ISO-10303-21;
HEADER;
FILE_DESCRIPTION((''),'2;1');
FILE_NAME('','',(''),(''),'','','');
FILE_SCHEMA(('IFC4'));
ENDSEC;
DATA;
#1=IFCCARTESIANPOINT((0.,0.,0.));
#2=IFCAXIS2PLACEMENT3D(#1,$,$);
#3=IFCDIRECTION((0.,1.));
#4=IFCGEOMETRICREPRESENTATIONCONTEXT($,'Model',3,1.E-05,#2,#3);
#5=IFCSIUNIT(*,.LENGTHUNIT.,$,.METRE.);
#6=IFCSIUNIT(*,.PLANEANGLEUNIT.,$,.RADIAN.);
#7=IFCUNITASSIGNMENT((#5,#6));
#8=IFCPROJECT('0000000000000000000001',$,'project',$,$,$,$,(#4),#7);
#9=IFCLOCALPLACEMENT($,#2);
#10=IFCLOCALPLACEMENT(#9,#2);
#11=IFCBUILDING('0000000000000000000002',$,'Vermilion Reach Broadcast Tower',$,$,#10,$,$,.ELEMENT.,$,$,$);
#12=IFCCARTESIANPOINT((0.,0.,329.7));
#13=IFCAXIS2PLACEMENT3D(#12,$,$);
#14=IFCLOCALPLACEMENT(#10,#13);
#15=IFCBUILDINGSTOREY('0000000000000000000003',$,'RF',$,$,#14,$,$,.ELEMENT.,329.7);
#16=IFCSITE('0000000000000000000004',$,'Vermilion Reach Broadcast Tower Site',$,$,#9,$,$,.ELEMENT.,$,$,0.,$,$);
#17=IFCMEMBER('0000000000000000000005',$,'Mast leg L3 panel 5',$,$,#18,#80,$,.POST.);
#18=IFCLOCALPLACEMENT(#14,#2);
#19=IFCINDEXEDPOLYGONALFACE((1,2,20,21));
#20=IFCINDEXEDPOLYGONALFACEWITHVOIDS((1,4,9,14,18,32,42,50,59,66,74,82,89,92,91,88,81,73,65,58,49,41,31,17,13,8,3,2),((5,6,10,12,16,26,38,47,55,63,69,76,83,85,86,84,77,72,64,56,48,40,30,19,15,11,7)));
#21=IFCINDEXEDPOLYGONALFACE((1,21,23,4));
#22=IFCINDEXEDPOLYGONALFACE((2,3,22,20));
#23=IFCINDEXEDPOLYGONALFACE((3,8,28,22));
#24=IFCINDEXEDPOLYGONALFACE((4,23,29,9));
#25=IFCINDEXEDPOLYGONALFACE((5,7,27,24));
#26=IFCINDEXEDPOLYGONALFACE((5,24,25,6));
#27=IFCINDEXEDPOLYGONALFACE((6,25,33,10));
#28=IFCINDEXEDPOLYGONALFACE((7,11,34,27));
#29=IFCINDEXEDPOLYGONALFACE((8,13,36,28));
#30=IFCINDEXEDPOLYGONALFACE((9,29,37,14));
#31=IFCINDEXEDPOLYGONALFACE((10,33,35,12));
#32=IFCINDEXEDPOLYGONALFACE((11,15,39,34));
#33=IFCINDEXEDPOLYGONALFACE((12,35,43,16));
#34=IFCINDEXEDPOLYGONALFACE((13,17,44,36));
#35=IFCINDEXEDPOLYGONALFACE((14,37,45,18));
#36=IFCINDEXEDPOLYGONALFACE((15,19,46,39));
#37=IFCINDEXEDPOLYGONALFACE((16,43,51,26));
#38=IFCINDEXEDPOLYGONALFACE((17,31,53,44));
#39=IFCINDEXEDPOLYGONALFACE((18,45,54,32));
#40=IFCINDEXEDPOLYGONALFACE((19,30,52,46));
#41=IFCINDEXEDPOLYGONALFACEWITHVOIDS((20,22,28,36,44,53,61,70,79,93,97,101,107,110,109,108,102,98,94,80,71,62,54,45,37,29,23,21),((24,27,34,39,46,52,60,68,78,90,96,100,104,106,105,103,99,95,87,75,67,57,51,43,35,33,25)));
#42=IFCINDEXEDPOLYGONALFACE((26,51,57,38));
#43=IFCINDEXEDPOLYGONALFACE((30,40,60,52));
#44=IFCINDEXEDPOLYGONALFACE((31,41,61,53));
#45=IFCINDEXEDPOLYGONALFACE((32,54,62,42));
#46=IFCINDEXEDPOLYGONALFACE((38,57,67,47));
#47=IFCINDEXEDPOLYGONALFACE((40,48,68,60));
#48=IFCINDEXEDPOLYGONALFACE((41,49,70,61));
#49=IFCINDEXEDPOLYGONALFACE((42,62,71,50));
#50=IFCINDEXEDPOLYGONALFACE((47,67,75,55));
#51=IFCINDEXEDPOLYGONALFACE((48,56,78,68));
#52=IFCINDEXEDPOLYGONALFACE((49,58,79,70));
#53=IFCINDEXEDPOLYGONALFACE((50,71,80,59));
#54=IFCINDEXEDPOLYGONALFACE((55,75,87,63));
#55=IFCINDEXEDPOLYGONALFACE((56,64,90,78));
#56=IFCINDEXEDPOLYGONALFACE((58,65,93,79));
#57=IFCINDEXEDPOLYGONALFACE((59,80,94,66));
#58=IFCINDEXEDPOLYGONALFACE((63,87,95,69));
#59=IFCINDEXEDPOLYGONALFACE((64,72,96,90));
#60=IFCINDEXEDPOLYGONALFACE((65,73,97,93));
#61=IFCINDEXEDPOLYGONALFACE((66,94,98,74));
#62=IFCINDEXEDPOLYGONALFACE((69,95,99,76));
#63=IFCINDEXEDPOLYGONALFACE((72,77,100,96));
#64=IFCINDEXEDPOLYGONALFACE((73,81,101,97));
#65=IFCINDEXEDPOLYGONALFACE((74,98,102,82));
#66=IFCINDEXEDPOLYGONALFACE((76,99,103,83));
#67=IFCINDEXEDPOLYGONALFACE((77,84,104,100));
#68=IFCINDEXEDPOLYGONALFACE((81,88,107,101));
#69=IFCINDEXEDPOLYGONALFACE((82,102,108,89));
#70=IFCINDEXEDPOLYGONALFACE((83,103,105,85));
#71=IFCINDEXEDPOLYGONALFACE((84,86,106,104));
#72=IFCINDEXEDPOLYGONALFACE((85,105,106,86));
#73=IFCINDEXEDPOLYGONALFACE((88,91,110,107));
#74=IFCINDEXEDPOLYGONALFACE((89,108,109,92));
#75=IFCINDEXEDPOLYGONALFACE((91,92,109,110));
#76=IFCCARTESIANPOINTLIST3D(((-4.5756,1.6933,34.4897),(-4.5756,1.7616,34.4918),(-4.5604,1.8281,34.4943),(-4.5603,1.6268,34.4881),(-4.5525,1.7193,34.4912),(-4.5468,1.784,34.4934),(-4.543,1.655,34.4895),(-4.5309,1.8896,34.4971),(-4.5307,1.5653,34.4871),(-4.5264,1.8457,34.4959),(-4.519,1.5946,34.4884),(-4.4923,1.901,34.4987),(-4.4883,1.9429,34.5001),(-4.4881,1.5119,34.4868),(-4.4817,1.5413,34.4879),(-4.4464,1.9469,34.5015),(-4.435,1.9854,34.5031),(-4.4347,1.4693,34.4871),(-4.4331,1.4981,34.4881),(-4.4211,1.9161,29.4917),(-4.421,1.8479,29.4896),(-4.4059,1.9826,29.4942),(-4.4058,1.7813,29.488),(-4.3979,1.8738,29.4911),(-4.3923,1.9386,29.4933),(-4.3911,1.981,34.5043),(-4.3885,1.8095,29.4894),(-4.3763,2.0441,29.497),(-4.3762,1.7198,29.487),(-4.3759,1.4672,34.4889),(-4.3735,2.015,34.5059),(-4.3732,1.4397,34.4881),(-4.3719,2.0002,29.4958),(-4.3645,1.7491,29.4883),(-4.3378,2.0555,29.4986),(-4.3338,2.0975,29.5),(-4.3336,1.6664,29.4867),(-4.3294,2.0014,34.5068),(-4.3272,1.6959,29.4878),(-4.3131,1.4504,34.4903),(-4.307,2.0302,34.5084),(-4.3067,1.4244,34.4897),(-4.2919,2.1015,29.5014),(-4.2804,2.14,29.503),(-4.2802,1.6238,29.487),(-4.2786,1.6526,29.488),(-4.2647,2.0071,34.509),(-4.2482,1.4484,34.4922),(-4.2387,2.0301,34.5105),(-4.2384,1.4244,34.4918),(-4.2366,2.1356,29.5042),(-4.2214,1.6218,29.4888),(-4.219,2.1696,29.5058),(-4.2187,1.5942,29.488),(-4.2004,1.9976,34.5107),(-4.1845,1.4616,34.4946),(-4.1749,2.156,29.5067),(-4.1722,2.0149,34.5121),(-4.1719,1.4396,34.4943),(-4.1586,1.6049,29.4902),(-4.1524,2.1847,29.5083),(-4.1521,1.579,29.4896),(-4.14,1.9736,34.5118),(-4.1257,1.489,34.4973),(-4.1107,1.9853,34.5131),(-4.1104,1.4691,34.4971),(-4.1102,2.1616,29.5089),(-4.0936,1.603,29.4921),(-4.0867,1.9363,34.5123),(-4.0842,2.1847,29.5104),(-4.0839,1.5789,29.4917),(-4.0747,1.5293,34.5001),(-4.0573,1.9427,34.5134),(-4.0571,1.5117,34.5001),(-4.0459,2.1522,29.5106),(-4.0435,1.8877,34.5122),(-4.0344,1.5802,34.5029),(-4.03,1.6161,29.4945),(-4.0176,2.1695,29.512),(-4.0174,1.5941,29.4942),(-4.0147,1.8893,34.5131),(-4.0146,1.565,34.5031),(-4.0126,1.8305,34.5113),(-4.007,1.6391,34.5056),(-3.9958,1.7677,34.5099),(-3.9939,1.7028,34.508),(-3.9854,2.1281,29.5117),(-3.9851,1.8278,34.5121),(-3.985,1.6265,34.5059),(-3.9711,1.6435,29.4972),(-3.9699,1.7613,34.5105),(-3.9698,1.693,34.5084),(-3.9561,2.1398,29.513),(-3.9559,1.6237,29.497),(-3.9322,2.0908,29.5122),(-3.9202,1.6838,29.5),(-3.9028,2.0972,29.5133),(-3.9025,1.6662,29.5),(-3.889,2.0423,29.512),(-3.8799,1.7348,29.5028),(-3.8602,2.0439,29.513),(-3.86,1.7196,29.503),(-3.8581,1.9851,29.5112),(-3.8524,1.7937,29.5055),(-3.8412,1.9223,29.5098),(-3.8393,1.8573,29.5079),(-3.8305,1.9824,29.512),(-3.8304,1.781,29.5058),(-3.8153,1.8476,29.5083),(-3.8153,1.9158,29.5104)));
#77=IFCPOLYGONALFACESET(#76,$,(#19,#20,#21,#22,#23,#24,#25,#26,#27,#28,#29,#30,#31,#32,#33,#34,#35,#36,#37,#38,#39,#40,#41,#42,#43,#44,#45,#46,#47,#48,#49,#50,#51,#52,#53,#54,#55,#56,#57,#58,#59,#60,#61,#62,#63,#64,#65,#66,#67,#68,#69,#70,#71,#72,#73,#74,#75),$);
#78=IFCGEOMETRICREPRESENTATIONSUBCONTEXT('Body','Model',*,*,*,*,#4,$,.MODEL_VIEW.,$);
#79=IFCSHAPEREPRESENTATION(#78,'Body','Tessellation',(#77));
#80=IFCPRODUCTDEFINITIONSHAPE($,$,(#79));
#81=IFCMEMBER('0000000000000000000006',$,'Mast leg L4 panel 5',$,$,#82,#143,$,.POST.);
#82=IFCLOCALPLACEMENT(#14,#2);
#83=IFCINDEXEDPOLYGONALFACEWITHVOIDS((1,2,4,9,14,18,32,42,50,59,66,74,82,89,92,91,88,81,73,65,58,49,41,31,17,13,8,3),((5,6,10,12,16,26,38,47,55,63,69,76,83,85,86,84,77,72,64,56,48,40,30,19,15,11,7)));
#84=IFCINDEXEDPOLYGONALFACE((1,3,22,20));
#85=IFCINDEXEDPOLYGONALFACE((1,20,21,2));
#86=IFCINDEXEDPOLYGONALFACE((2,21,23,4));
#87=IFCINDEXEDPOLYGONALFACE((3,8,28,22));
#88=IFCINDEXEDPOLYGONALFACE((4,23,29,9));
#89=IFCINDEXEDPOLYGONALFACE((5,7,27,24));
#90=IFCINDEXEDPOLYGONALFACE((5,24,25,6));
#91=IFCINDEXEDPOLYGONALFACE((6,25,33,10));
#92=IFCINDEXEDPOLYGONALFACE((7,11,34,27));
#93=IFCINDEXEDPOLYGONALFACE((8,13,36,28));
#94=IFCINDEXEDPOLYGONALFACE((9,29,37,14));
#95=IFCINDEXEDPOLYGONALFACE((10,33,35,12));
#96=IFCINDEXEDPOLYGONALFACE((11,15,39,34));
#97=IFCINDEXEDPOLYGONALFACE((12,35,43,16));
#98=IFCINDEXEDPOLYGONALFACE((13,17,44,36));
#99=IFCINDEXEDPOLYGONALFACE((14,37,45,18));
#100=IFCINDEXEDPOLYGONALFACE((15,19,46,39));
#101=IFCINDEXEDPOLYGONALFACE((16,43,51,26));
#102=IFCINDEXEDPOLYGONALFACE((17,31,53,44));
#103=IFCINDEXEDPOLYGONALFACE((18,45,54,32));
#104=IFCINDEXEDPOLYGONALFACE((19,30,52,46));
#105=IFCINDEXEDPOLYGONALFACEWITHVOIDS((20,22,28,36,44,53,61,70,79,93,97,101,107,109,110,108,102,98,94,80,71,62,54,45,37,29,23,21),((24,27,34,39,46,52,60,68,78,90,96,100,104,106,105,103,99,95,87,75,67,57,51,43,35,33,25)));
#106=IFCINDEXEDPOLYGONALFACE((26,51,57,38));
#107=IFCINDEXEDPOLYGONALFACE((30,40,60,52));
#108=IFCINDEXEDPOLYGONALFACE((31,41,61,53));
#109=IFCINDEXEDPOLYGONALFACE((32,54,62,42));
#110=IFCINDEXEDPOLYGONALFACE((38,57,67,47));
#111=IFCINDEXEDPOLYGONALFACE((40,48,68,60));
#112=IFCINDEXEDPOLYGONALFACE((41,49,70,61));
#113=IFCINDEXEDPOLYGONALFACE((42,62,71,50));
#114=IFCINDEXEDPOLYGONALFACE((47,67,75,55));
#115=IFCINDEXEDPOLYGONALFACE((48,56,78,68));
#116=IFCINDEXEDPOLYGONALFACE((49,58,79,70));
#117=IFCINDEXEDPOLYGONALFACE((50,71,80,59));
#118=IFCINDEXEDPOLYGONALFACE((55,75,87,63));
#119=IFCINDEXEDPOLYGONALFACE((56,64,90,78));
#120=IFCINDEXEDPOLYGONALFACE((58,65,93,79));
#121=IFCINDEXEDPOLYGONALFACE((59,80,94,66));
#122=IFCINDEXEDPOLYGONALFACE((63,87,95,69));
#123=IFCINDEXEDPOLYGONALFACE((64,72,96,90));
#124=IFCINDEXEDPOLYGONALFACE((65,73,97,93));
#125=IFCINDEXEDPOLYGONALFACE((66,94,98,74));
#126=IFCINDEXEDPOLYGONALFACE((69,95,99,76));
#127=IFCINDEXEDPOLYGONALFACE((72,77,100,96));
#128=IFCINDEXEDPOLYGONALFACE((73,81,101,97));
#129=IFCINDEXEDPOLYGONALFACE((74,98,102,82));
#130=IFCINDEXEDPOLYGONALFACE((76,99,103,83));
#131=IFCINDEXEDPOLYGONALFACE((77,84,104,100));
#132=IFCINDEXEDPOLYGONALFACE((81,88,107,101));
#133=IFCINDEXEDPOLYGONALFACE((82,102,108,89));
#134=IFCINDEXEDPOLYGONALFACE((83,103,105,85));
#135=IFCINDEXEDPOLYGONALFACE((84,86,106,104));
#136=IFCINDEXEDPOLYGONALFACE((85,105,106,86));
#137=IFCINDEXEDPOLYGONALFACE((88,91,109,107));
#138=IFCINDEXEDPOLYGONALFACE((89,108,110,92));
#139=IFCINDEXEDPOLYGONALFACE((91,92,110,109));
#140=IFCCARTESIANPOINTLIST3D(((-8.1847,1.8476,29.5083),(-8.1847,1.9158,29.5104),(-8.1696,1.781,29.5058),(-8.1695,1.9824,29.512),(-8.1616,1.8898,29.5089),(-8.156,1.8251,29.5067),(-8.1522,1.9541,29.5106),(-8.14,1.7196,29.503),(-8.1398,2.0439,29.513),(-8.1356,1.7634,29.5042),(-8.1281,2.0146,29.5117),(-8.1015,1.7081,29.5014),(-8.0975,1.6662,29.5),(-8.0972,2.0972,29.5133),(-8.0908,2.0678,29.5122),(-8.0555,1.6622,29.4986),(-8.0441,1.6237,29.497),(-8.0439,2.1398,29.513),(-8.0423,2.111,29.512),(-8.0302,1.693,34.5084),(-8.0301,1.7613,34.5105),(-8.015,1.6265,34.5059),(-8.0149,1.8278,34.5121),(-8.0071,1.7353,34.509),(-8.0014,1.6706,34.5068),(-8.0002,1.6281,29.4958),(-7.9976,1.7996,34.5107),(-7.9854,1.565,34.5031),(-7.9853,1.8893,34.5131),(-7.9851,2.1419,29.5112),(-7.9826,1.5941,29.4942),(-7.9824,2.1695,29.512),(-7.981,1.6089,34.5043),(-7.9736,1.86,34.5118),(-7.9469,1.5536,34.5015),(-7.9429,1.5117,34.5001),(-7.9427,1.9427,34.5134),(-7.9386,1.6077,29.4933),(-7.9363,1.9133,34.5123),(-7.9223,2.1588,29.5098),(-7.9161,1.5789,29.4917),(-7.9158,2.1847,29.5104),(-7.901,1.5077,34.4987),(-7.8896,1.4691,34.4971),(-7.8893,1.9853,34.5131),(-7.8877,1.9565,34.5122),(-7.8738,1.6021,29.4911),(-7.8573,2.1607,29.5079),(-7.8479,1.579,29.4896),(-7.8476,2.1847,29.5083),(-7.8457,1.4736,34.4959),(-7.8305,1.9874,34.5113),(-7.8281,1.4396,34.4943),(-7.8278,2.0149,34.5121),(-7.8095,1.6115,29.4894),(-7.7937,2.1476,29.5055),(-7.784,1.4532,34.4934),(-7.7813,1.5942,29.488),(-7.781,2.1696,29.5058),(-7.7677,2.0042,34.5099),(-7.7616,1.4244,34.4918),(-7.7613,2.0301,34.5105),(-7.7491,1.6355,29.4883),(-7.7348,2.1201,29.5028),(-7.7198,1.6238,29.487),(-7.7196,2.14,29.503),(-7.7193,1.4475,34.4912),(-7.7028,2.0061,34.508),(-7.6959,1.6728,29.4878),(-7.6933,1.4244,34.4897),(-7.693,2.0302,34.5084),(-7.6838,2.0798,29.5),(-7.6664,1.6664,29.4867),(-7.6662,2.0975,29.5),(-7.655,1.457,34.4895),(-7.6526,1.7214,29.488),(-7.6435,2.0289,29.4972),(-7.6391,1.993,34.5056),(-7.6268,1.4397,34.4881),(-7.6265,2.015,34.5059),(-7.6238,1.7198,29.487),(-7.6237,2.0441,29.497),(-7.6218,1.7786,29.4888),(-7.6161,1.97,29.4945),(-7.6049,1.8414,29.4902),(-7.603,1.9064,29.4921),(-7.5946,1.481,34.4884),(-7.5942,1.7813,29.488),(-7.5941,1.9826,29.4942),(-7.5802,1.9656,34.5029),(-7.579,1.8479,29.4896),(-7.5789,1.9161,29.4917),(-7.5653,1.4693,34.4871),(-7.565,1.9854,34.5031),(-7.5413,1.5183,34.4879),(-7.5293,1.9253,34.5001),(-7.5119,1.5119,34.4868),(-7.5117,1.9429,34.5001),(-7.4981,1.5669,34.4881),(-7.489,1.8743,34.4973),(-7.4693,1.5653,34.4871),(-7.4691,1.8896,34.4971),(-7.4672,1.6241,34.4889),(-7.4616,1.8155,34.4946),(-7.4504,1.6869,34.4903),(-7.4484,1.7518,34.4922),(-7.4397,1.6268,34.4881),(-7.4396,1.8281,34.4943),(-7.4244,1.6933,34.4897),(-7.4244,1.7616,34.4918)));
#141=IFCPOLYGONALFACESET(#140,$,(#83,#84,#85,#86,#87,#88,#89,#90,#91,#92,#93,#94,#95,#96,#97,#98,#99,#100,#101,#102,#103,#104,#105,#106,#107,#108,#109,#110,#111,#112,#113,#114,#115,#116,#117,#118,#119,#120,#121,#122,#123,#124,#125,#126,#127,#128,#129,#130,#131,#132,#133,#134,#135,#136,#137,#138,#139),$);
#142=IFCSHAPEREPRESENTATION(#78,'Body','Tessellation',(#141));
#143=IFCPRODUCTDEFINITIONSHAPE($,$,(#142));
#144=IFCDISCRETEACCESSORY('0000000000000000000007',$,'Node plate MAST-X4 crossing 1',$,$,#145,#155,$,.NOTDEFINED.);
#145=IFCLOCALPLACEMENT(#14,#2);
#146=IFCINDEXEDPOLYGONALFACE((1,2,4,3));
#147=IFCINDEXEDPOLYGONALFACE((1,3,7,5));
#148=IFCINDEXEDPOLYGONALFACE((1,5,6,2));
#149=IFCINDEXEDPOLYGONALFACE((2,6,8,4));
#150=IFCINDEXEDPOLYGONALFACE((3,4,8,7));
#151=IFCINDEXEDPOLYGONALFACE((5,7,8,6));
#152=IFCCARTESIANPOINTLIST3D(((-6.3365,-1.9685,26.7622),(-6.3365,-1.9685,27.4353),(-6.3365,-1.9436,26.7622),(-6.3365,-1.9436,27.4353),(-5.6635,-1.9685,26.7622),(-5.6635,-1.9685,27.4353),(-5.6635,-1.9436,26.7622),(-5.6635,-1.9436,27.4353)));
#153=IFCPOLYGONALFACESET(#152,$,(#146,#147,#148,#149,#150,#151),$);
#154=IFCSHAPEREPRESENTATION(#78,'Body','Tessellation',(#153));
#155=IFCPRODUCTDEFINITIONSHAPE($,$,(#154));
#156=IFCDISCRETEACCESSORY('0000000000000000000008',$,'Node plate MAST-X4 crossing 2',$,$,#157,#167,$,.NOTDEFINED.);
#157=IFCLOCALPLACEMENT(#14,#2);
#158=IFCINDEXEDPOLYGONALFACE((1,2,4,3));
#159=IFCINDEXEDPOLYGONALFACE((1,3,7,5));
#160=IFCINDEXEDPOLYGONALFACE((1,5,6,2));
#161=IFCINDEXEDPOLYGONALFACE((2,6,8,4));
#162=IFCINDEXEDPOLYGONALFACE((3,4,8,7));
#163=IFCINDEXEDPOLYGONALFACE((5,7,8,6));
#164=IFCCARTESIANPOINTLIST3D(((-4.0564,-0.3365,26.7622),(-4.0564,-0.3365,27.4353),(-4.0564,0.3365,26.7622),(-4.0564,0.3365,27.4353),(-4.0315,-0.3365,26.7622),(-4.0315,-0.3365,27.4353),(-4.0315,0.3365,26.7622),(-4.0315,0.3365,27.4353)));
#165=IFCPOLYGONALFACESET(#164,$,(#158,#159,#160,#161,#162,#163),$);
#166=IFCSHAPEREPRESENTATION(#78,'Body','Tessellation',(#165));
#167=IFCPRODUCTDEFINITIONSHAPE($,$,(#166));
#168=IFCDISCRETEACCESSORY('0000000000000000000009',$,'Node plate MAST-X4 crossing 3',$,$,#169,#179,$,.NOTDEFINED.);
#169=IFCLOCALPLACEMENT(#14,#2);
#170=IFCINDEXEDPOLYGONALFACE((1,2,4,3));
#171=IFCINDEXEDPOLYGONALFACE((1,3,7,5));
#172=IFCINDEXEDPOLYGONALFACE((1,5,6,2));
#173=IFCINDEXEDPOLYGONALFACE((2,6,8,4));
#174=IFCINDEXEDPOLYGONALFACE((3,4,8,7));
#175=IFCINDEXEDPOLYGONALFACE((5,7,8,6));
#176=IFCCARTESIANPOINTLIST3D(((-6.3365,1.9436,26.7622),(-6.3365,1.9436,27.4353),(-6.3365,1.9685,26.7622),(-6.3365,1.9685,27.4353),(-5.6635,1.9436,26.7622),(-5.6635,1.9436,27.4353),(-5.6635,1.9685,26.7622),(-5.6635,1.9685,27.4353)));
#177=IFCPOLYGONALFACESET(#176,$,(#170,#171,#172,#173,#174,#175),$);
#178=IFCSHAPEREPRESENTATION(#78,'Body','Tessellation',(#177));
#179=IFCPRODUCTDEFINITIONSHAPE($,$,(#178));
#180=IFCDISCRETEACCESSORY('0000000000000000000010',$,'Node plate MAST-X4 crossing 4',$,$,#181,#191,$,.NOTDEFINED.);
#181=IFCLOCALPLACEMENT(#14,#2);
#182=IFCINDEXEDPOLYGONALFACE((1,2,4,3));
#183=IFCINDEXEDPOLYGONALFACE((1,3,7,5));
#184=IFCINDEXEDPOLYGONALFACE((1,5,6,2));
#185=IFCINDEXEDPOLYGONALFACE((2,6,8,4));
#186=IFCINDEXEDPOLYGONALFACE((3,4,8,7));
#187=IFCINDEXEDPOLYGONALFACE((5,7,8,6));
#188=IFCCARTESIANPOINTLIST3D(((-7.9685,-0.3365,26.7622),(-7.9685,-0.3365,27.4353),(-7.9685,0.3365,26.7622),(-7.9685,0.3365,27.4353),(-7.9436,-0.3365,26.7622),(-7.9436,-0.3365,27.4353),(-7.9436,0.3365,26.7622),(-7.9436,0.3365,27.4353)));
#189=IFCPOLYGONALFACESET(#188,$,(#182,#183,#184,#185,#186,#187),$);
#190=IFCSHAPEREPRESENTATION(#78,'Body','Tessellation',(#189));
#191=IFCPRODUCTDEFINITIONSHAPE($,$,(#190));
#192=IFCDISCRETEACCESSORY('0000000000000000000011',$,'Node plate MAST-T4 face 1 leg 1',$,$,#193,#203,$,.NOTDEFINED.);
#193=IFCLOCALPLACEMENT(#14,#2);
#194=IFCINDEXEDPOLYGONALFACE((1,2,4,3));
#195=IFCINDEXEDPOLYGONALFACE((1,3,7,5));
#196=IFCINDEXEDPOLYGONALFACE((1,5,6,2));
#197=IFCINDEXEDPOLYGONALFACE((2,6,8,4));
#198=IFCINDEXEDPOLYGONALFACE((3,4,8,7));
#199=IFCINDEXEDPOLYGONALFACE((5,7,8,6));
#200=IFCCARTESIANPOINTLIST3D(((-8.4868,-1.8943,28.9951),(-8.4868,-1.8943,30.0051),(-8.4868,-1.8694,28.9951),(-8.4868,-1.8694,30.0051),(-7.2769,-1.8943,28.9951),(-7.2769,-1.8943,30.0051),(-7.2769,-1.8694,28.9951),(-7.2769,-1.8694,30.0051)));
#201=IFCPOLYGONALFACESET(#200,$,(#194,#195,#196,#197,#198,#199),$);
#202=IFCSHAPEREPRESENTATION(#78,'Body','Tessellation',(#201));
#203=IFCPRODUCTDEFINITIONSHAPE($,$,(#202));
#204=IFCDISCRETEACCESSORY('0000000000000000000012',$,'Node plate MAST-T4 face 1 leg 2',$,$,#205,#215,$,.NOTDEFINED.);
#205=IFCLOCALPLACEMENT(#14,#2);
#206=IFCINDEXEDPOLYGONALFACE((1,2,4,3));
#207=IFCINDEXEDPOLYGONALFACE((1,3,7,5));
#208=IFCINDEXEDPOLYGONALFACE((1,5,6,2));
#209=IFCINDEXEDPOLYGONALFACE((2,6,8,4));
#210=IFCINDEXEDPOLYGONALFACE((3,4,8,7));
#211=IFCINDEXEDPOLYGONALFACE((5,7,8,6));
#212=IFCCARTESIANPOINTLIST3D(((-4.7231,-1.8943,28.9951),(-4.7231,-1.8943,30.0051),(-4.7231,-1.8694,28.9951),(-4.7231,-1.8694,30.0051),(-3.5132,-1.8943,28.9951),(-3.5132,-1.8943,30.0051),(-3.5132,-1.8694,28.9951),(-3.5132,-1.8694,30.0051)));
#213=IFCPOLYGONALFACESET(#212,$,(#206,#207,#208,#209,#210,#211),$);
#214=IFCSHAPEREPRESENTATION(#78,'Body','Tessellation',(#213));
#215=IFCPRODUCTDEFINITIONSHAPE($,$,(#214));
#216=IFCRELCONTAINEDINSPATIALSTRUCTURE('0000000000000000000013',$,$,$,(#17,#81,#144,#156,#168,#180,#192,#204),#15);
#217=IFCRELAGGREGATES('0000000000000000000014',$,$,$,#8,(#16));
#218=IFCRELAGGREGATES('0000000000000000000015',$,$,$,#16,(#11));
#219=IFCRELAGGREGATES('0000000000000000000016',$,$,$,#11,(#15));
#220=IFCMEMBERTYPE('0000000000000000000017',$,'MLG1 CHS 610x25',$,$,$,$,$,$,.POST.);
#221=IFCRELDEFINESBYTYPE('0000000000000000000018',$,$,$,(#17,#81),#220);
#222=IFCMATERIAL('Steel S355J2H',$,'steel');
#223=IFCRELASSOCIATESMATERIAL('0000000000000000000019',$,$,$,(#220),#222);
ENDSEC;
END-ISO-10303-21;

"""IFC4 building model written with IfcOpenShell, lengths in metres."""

from ifc_helpers import new_model, si_unit, direction, frame, origin, origin_2d, place, context, subcontext, project, spatial, rectangle, hollow_circle, extrude, material, material_profile, profile_set, type_object, element, save


model = new_model("IFC4")

# Units and contexts
model_context = context("Model", 3, precision=1e-05, world=origin(), true_north=direction((0.0, 1.0)))
body_context = subcontext(model_context, "Body", "Model", "MODEL_VIEW")
ifc_project = project(units=[si_unit("LENGTHUNIT", "METRE"), si_unit("PLANEANGLEUNIT", "RADIAN")], contexts=[model_context])

# Site, building, storey
site_placement = place(None, origin())
site = spatial("IfcSite", under=ifc_project, at=site_placement, Name="Vermilion Reach Broadcast Tower Site", CompositionType="ELEMENT", RefElevation=0.0)
building_placement = place(site_placement, origin())
building = spatial("IfcBuilding", under=site, at=building_placement, Name="Vermilion Reach Broadcast Tower", CompositionType="ELEMENT")
storey_placement = place(building_placement, frame((0.0, 0.0, 329.7)))
storey = spatial("IfcBuildingStorey", under=building, at=storey_placement, Name="RF", CompositionType="ELEMENT", Elevation=329.7)

# Members
ifc_material_1 = material(Name="Steel S355J2H", Category="steel")
ifc_material_profile_1 = material_profile(ifc_material_1, hollow_circle(Radius=0.3049, WallThickness=0.0249, at=origin_2d()), Name="S355J2H CHS 610x25")
ifc_profile_set_1 = profile_set([ifc_material_profile_1], Name="Steel S355J2H")
member_type_1 = type_object("IfcMemberType", Name="MLG1 CHS 610x25", PredefinedType="POST", material=ifc_profile_set_1)
for number, where, z_axis, x_axis, name in (
    (1, (-4.1182, 1.8818, 29.5), (-0.030879, -0.030879, 0.999046), (0.707107, -0.707107, 0.0), "Mast leg L3 panel 5"),
    (2, (-7.8818, 1.8818, 29.5), (0.030879, -0.030879, 0.999046), (0.707107, 0.707107, 0.0), "Mast leg L4 panel 5"),
):
    element("IfcMember", number, at=place(storey_placement, frame(where, z_axis=z_axis, x_axis=x_axis)), inside=storey, type_object=member_type_1, Name=name, PredefinedType="POST", context=body_context, shape_type="SweptSolid", body=[
        extrude(hollow_circle(Radius=0.3049, WallThickness=0.0249, at=origin_2d()), origin(), (0.0, 0.0, 1.0), 5.0049),
    ])

# Discrete accessories
for number, where, z_axis, x_axis, name in (
    (3, (-6.0, -1.9561, 26.7622), (0.0, 0.0, 1.0), (0.0, 1.0, 0.0), "Node plate MAST-X4 crossing 1"),
    (4, (-4.0439, 0.0, 26.7622), (0.0, 0.0, 1.0), (-1.0, 0.0, 0.0), "Node plate MAST-X4 crossing 2"),
    (5, (-6.0, 1.9561, 26.7622), (0.0, 0.0, 1.0), (0.0, -1.0, 0.0), "Node plate MAST-X4 crossing 3"),
    (6, (-7.9561, 0.0, 26.7622), (0.0, 0.0, 1.0), (1.0, 0.0, 0.0), "Node plate MAST-X4 crossing 4"),
):
    element("IfcDiscreteAccessory", number, at=place(storey_placement, frame(where, z_axis=z_axis, x_axis=x_axis)), inside=storey, Name=name, PredefinedType="NOTDEFINED", context=body_context, shape_type="SweptSolid", body=[
        extrude(rectangle(XDim=0.0249, YDim=0.6731, at=origin_2d()), origin(), (0.0, 0.0, 1.0), 0.6731),
    ])
for number, where, z_axis, x_axis, name in (
    (7, (-7.8818, -1.8818, 28.9951), (0.0, 0.0, 1.0), (0.0, 1.0, 0.0), "Node plate MAST-T4 face 1 leg 1"),
    (8, (-4.1182, -1.8818, 28.9951), (0.0, 0.0, 1.0), (0.0, 1.0, 0.0), "Node plate MAST-T4 face 1 leg 2"),
):
    element("IfcDiscreteAccessory", number, at=place(storey_placement, frame(where, z_axis=z_axis, x_axis=x_axis)), inside=storey, Name=name, PredefinedType="NOTDEFINED", context=body_context, shape_type="SweptSolid", body=[
        extrude(rectangle(XDim=0.0249, YDim=1.21, at=origin_2d()), origin(), (0.0, 0.0, 1.0), 1.01),
    ])

save(model, "model.ifc")
